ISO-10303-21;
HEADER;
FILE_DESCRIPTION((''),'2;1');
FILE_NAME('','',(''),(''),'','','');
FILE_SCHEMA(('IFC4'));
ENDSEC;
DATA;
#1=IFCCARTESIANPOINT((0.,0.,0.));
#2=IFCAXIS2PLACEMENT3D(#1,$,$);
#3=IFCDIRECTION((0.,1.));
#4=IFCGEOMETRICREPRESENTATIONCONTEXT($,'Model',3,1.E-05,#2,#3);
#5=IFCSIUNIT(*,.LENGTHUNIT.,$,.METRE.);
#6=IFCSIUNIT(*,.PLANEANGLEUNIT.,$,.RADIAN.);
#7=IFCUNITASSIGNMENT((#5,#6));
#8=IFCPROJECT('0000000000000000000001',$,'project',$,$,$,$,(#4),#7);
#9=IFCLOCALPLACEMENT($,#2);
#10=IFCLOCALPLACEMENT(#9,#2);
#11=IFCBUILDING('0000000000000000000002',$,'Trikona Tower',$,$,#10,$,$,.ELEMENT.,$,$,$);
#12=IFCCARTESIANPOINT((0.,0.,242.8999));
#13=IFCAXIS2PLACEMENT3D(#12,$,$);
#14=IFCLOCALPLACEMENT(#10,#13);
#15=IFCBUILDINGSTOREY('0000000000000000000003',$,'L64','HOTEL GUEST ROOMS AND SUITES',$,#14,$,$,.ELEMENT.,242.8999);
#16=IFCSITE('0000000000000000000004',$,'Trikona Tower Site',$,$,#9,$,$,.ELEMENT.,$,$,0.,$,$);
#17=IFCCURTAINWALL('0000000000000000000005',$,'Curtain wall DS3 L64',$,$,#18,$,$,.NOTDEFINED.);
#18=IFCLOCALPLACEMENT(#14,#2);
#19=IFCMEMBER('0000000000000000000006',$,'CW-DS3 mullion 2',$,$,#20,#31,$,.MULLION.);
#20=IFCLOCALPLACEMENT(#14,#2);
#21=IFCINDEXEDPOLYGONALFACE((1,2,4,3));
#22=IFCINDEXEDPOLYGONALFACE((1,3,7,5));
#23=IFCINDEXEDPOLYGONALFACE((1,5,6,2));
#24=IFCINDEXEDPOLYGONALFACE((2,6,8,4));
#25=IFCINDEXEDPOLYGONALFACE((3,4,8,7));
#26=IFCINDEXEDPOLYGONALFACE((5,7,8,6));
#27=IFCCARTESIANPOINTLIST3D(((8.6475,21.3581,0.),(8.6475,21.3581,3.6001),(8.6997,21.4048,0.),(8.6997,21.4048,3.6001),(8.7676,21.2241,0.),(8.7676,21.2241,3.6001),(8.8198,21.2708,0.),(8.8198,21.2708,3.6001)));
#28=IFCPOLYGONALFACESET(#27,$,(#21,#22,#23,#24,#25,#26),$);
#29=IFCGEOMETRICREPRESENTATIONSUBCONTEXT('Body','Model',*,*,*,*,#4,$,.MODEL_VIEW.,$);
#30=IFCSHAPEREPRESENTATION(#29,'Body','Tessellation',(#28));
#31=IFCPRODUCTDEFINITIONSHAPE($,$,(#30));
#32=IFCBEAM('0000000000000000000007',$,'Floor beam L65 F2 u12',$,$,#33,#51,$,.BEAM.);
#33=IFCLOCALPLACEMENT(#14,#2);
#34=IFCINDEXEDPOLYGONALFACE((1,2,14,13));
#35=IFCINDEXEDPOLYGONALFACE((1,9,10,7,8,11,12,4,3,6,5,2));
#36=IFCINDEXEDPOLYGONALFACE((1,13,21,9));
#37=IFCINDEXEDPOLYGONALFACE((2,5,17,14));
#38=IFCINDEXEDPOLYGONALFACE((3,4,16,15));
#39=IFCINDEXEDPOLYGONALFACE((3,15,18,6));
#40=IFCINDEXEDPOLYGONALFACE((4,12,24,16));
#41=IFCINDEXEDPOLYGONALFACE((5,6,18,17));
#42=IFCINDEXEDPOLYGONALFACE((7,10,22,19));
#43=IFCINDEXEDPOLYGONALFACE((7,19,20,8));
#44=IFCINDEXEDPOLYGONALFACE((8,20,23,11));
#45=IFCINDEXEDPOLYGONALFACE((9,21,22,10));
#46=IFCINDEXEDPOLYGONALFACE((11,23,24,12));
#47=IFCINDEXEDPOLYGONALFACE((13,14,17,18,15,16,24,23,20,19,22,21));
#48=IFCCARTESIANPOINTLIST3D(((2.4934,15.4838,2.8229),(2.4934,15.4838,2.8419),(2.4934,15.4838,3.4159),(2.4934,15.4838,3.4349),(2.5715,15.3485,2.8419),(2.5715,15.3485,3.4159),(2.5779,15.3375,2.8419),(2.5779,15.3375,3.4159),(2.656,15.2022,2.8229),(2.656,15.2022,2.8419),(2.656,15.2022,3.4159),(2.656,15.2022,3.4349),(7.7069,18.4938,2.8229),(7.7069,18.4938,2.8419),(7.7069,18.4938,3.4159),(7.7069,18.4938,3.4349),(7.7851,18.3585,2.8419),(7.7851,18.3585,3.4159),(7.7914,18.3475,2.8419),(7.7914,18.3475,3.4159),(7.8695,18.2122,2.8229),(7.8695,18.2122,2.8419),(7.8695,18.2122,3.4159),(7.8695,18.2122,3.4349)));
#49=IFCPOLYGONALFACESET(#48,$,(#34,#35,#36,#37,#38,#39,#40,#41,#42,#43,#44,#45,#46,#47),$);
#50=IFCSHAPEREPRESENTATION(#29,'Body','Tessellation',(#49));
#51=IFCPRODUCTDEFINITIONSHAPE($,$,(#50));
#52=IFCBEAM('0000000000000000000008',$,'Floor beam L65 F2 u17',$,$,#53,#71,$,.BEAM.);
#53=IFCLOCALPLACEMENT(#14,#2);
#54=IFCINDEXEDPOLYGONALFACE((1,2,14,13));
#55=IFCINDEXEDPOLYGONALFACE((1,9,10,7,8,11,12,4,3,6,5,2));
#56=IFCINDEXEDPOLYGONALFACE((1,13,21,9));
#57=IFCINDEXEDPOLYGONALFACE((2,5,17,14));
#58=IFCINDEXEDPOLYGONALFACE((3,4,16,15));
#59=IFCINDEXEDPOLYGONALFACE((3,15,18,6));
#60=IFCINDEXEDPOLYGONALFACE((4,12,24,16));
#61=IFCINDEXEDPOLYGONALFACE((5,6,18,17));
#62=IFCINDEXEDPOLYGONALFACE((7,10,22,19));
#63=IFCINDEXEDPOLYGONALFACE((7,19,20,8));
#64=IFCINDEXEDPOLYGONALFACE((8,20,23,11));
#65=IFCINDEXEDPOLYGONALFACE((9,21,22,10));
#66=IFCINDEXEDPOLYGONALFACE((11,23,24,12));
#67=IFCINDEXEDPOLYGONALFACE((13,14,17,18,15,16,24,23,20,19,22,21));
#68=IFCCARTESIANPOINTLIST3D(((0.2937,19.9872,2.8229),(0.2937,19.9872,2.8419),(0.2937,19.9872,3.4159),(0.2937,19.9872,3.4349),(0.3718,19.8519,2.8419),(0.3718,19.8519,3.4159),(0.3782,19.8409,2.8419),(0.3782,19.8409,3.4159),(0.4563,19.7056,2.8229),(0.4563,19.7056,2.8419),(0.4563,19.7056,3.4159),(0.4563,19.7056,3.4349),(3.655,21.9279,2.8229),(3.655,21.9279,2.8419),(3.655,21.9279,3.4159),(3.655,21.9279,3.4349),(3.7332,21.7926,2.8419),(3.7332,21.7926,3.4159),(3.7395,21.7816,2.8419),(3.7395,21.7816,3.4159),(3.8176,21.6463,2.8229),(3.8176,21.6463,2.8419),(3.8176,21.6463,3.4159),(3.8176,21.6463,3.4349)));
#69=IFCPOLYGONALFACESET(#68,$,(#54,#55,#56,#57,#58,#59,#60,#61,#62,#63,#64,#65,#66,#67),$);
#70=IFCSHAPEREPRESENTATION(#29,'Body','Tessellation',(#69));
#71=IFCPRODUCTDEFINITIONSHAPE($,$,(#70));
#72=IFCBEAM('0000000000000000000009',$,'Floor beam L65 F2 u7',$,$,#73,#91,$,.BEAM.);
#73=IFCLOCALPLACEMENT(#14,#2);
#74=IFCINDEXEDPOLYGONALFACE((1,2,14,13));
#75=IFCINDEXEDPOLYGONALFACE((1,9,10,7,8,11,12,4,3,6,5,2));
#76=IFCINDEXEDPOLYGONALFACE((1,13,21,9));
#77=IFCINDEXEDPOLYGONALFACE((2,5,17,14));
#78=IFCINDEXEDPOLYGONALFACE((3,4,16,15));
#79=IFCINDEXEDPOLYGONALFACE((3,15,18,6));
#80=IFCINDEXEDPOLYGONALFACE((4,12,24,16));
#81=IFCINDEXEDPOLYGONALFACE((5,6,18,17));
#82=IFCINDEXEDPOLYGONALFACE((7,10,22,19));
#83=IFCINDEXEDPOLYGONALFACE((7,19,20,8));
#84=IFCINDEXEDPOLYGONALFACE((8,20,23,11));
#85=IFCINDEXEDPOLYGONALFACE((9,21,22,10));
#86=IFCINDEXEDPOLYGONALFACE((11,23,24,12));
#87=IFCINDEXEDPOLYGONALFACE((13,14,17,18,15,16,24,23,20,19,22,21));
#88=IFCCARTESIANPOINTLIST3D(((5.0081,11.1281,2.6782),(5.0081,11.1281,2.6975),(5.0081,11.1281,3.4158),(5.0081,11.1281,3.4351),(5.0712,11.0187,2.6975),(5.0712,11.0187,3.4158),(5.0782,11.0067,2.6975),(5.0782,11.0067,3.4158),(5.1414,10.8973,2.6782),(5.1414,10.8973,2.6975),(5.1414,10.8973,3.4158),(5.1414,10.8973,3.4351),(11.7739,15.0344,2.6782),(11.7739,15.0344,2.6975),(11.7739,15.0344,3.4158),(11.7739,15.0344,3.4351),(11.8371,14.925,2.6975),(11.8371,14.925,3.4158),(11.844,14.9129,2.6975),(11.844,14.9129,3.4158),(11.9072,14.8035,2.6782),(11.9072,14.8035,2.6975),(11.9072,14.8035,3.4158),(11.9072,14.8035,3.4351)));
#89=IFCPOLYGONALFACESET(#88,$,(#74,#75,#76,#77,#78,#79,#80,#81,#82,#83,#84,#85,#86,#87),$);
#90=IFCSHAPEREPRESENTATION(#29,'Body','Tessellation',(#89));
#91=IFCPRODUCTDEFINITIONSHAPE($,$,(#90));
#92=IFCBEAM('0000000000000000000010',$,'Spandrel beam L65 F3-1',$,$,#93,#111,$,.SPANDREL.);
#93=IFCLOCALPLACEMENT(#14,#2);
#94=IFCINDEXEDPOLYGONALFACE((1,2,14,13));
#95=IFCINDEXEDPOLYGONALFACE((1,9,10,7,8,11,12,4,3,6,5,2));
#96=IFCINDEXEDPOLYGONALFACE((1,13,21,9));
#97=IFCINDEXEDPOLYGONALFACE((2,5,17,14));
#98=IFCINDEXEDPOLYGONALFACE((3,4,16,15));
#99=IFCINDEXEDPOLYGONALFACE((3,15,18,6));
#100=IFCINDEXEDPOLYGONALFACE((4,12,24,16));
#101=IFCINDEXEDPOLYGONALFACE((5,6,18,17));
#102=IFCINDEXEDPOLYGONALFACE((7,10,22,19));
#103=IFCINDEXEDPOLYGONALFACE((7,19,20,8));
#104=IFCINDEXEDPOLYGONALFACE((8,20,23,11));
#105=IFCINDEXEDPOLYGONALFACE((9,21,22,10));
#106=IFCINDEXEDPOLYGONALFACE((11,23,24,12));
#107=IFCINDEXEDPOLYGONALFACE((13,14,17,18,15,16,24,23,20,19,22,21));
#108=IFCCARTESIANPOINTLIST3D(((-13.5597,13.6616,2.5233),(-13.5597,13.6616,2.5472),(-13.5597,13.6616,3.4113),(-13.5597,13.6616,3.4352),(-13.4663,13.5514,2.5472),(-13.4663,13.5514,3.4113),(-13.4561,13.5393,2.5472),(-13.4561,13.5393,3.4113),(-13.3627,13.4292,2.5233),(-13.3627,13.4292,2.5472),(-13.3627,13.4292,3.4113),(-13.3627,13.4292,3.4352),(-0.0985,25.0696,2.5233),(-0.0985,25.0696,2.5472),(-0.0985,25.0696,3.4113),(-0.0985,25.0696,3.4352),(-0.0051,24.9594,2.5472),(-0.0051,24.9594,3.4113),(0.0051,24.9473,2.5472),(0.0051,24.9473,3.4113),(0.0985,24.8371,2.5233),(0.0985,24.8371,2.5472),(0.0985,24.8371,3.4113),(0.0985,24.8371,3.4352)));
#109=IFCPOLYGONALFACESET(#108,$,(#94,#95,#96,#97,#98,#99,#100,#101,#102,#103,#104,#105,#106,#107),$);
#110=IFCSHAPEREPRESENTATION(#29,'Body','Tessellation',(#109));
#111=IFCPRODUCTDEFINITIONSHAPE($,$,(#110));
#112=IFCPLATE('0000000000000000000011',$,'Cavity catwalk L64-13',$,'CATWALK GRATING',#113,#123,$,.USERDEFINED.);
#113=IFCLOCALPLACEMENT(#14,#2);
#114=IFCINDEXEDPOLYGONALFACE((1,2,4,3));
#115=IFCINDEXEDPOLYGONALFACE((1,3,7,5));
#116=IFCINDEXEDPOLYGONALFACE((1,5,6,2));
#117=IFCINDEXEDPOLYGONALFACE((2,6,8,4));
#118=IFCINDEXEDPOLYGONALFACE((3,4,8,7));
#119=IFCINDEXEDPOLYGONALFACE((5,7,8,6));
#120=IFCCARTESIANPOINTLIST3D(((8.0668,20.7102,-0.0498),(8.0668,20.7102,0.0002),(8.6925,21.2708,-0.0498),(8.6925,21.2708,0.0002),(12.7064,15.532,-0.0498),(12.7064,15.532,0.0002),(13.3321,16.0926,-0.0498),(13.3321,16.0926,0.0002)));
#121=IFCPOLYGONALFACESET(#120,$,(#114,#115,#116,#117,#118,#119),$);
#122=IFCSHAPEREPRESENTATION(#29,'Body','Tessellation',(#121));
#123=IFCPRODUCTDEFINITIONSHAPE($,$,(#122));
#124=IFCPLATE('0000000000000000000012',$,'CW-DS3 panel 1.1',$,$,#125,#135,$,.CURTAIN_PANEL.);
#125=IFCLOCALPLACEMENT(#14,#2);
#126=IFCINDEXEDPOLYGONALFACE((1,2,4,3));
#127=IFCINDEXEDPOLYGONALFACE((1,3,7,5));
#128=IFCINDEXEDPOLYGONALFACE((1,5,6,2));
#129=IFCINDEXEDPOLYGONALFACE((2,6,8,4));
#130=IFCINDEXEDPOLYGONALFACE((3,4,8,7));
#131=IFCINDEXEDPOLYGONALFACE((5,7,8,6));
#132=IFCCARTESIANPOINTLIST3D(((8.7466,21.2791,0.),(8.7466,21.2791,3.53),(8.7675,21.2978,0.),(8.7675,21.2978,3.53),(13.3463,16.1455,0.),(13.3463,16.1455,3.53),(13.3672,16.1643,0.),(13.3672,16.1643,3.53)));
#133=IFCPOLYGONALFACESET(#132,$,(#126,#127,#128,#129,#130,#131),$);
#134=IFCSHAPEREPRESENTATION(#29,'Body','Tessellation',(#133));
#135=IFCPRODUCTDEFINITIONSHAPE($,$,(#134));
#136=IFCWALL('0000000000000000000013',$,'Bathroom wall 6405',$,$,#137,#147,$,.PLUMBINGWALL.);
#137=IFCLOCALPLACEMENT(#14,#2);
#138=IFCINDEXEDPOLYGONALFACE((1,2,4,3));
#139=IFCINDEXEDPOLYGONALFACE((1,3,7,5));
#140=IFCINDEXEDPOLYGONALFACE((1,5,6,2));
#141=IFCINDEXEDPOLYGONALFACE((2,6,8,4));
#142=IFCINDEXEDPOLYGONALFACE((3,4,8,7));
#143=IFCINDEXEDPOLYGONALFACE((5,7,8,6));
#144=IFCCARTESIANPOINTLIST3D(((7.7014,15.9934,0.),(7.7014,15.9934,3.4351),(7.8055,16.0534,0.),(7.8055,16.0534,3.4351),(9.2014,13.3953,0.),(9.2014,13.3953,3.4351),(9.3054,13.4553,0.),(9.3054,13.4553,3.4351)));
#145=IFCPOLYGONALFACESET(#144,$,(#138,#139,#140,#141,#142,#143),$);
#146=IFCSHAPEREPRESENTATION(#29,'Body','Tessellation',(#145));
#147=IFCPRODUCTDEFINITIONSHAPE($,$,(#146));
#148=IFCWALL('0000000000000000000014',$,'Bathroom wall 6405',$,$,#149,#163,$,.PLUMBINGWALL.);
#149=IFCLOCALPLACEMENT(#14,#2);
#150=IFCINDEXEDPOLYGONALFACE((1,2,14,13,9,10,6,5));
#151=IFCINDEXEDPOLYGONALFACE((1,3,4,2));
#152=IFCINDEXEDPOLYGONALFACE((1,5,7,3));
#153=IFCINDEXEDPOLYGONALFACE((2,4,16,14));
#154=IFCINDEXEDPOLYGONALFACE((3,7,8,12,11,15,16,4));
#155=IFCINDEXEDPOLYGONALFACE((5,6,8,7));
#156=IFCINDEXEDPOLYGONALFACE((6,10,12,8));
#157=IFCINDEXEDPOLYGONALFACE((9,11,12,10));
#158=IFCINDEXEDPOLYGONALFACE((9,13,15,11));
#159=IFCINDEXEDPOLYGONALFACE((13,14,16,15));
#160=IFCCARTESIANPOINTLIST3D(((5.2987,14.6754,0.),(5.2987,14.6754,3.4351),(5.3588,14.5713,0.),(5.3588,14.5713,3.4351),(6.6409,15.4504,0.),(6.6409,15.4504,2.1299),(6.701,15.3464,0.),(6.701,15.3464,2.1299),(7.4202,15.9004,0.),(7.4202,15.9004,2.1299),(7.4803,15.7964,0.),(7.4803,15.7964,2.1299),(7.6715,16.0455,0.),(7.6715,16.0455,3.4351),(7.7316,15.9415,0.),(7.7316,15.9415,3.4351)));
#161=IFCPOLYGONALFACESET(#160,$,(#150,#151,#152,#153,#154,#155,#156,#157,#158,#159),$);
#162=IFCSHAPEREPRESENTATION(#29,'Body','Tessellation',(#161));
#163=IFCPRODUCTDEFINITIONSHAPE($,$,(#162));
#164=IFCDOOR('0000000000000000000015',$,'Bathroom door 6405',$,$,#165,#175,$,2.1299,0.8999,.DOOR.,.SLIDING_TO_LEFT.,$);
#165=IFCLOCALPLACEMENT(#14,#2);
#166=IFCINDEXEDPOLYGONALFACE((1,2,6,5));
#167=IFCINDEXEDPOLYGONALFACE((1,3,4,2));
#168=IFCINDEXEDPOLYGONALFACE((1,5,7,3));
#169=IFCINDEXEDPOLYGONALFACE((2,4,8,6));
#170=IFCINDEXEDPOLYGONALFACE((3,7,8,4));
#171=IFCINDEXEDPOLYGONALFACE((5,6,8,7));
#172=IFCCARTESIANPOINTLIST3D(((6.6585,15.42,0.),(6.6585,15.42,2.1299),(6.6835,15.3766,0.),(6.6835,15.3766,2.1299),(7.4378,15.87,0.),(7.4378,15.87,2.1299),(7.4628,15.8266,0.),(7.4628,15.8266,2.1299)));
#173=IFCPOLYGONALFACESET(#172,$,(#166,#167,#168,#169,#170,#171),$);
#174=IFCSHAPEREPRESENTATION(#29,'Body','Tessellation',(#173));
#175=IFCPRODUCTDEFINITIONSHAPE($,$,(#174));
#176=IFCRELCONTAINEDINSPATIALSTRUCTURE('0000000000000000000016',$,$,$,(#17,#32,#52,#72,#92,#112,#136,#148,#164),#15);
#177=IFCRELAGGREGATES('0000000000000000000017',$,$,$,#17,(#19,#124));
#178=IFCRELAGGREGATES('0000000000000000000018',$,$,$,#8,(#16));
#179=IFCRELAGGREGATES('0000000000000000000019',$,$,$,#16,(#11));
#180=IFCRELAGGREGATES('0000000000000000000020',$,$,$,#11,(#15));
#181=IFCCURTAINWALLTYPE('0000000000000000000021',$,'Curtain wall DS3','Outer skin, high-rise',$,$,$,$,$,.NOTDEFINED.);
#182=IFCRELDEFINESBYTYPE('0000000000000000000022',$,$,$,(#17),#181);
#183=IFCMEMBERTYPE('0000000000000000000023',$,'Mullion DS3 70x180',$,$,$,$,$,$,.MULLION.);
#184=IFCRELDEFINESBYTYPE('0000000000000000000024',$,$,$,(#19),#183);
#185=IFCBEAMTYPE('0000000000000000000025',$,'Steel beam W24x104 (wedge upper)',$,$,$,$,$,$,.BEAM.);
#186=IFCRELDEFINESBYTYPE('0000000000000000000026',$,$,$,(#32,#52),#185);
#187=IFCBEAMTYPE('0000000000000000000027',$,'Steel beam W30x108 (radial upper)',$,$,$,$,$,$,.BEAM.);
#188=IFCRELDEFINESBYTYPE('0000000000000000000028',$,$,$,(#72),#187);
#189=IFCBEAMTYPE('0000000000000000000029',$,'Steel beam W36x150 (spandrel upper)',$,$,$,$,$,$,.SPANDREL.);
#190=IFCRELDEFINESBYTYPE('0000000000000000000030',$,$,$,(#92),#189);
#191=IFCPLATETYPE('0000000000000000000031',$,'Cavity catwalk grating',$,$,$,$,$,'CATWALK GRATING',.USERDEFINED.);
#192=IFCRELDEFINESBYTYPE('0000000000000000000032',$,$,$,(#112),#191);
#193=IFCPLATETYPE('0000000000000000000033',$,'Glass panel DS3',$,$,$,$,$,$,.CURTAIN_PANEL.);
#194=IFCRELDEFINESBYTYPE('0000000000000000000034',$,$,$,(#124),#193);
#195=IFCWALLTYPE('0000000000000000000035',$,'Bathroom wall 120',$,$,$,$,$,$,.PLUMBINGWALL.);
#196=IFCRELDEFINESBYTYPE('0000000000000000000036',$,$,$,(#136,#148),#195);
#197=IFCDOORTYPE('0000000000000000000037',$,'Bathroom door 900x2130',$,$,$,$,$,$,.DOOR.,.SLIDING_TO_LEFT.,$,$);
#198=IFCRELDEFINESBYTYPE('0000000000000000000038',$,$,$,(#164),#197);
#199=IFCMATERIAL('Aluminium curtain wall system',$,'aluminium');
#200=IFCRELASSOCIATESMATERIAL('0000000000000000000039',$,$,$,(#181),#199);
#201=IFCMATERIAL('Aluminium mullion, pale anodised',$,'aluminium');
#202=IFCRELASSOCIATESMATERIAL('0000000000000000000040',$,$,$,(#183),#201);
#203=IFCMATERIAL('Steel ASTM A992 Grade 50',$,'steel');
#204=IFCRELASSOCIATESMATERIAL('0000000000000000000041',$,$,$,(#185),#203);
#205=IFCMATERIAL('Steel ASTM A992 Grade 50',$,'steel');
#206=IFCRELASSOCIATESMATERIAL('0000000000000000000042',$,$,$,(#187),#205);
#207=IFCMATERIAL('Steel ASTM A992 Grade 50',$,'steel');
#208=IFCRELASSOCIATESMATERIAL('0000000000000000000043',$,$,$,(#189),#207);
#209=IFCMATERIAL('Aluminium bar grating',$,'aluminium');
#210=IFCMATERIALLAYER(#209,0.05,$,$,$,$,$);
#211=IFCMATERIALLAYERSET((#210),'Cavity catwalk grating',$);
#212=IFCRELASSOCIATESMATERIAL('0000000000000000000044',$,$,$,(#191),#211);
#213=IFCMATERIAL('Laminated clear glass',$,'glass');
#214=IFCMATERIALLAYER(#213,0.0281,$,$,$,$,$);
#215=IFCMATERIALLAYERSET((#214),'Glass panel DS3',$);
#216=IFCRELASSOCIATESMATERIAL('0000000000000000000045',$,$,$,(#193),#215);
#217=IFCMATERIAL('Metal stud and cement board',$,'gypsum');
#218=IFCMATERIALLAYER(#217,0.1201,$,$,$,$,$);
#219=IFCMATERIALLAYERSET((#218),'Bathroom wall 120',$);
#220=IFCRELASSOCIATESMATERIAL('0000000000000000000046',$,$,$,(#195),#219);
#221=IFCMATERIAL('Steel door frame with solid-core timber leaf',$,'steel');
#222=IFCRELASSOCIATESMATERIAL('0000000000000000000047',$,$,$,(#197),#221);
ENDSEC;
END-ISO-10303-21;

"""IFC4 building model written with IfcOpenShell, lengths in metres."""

from ifc_helpers import new_model, si_unit, direction, frame, frame_2d, origin, origin_2d, place, context, subcontext, project, spatial, rectangle, i_section, extrude, material, layer, layer_set, material_profile, profile_set, type_object, element, fill, aggregate, save


model = new_model("IFC4")

# Units and contexts
model_context = context("Model", 3, precision=1e-05, world=origin(), true_north=direction((0.0, 1.0)))
body_context = subcontext(model_context, "Body", "Model", "MODEL_VIEW")
ifc_project = project(units=[si_unit("LENGTHUNIT", "METRE"), si_unit("PLANEANGLEUNIT", "RADIAN")], contexts=[model_context])

# Site, building, storey
site_placement = place(None, origin())
site = spatial("IfcSite", under=ifc_project, at=site_placement, Name="Trikona Tower Site", CompositionType="ELEMENT", RefElevation=0.0)
building_placement = place(site_placement, origin())
building = spatial("IfcBuilding", under=site, at=building_placement, Name="Trikona Tower", CompositionType="ELEMENT")
storey_placement = place(building_placement, frame((0.0, 0.0, 242.8999)))
storey = spatial("IfcBuildingStorey", under=building, at=storey_placement, Name="L64", Description="HOTEL GUEST ROOMS AND SUITES", CompositionType="ELEMENT", Elevation=242.8999)

# Curtain wall, member
ifc_material_1 = material(Name="Aluminium curtain wall system", Category="aluminium")
curtain_wall_type = type_object("IfcCurtainWallType", Name="Curtain wall DS3", Description="Outer skin, high-rise", PredefinedType="NOTDEFINED", material=ifc_material_1)
curtain_wall_placement = place(storey_placement, origin())
curtain_wall = element("IfcCurtainWall", 1, at=curtain_wall_placement, inside=storey, type_object=curtain_wall_type, Name="Curtain wall DS3 L64", PredefinedType="NOTDEFINED")
ifc_material_2 = material(Name="Aluminium mullion, pale anodised", Category="aluminium")
ifc_material_profile_1 = material_profile(ifc_material_2, rectangle(XDim=0.0701, YDim=0.1799, at=origin_2d()), Name="MUL-DS3")
ifc_profile_set_1 = profile_set([ifc_material_profile_1], Name="Aluminium mullion, pale anodised")
member_type = type_object("IfcMemberType", Name="Mullion DS3 70x180", PredefinedType="MULLION", material=ifc_profile_set_1)
member_placement = place(storey_placement, frame((8.7336, 21.3145, 0.0), z_axis=(0.0, 0.0, 1.0), x_axis=(-0.744771, -0.66732, 0.0)))
member = element("IfcMember", 2, at=member_placement, type_object=member_type, Name="CW-DS3 mullion 2", PredefinedType="MULLION", context=body_context, shape_type="SweptSolid", body=[
    extrude(rectangle(XDim=0.0701, YDim=0.1799, at=origin_2d()), origin(), (0.0, 0.0, 1.0), 3.6001),
])

# Beams
ifc_material_3 = material(Name="Steel ASTM A992 Grade 50", Category="steel")
ifc_material_profile_2 = material_profile(ifc_material_3, i_section(OverallWidth=0.3252, OverallDepth=0.6121, WebThickness=0.0127, FlangeThickness=0.019, at=origin_2d()), Name="W24X104")
ifc_profile_set_2 = profile_set([ifc_material_profile_2], Name="Steel ASTM A992 Grade 50")
beam_type_1 = type_object("IfcBeamType", Name="Steel beam W24x104 (wedge upper)", PredefinedType="BEAM", material=ifc_profile_set_2)
beam_1_placement = place(storey_placement, frame((2.5747, 15.343, 3.1289), z_axis=(0.866031, 0.49999, 0.0), x_axis=(-0.49999, 0.866031, 0.0)))
element("IfcBeam", 3, at=beam_1_placement, inside=storey, type_object=beam_type_1, Name="Floor beam L65 F2 u12", PredefinedType="BEAM", context=body_context, shape_type="SweptSolid", body=[
    extrude(i_section(OverallWidth=0.3252, OverallDepth=0.6121, WebThickness=0.0127, FlangeThickness=0.019, at=origin_2d()), origin(), (0.0, 0.0, 1.0), 6.02),
])
beam_2_placement = place(storey_placement, frame((0.375, 19.8464, 3.1289), z_axis=(0.866024, 0.500002, 0.0), x_axis=(-0.500002, 0.866024, 0.0)))
element("IfcBeam", 4, at=beam_2_placement, inside=storey, type_object=beam_type_1, Name="Floor beam L65 F2 u17", PredefinedType="BEAM", context=body_context, shape_type="SweptSolid", body=[
    extrude(i_section(OverallWidth=0.3252, OverallDepth=0.6121, WebThickness=0.0127, FlangeThickness=0.019, at=origin_2d()), origin(), (0.0, 0.0, 1.0), 3.8813),
])
ifc_material_4 = material(Name="Steel ASTM A992 Grade 50", Category="steel")
ifc_material_profile_3 = material_profile(ifc_material_4, i_section(OverallWidth=0.2666, OverallDepth=0.7568, WebThickness=0.0139, FlangeThickness=0.0193, at=origin_2d()), Name="W30X108")
ifc_profile_set_3 = profile_set([ifc_material_profile_3], Name="Steel ASTM A992 Grade 50")
beam_type_2 = type_object("IfcBeamType", Name="Steel beam W30x108 (radial upper)", PredefinedType="BEAM", material=ifc_profile_set_3)
beam_3_placement = place(storey_placement, frame((5.0747, 11.0127, 3.0566), z_axis=(0.866027, 0.499997, 0.0), x_axis=(-0.499997, 0.866027, 0.0)))
element("IfcBeam", 5, at=beam_3_placement, inside=storey, type_object=beam_type_2, Name="Floor beam L65 F2 u7", PredefinedType="BEAM", context=body_context, shape_type="SweptSolid", body=[
    extrude(i_section(OverallWidth=0.2666, OverallDepth=0.7568, WebThickness=0.0139, FlangeThickness=0.0193, at=origin_2d()), origin(), (0.0, 0.0, 1.0), 7.8125),
])
ifc_material_5 = material(Name="Steel ASTM A992 Grade 50", Category="steel")
ifc_material_profile_4 = material_profile(ifc_material_5, i_section(OverallWidth=0.3047, OverallDepth=0.9119, WebThickness=0.0159, FlangeThickness=0.0239, at=origin_2d()), Name="W36X150")
ifc_profile_set_4 = profile_set([ifc_material_profile_4], Name="Steel ASTM A992 Grade 50")
beam_type_3 = type_object("IfcBeamType", Name="Steel beam W36x150 (spandrel upper)", PredefinedType="SPANDREL", material=ifc_profile_set_4)
beam_4_placement = place(storey_placement, frame((0.0, 24.9534, 2.9792), z_axis=(-0.762891, -0.646528, 0.0), x_axis=(0.646528, -0.762891, 0.0)))
element("IfcBeam", 6, at=beam_4_placement, inside=storey, type_object=beam_type_3, Name="Spandrel beam L65 F3-1", PredefinedType="SPANDREL", context=body_context, shape_type="SweptSolid", body=[
    extrude(i_section(OverallWidth=0.3047, OverallDepth=0.9119, WebThickness=0.0159, FlangeThickness=0.0239, at=origin_2d()), origin(), (0.0, 0.0, 1.0), 17.645),
])

# Plates
ifc_material_6 = material(Name="Aluminium bar grating", Category="aluminium")
ifc_layer_1 = layer(ifc_material_6, 0.05)
ifc_layer_set_1 = layer_set([ifc_layer_1], Name="Cavity catwalk grating")
plate_type_1 = type_object("IfcPlateType", Name="Cavity catwalk grating", ElementType="CATWALK GRATING", PredefinedType="USERDEFINED", material=ifc_layer_set_1)
plate_1_placement = place(storey_placement, frame((10.6995, 18.4014, -0.0498), z_axis=(0.0, 0.0, 1.0), x_axis=(-0.667311, 0.744779, 0.0)))
element("IfcPlate", 7, at=plate_1_placement, inside=storey, type_object=plate_type_1, Name="Cavity catwalk L64-13", ObjectType="CATWALK GRATING", PredefinedType="USERDEFINED", context=body_context, shape_type="SweptSolid", body=[
    extrude(rectangle(XDim=6.9526, YDim=0.8401, at=origin_2d()), origin(), (0.0, 0.0, 1.0), 0.05),
])
ifc_material_7 = material(Name="Laminated clear glass", Category="glass")
ifc_layer_2 = layer(ifc_material_7, 0.0281)
ifc_layer_set_2 = layer_set([ifc_layer_2], Name="Glass panel DS3")
plate_type_2 = type_object("IfcPlateType", Name="Glass panel DS3", PredefinedType="CURTAIN_PANEL", material=ifc_layer_set_2)
plate_2_placement = place(storey_placement, frame((11.0569, 18.7217, 0.0), z_axis=(0.0, 0.0, 1.0), x_axis=(-0.66732, 0.744771, 0.0)))
plate_2 = element("IfcPlate", 8, at=plate_2_placement, type_object=plate_type_2, Name="CW-DS3 panel 1.1", PredefinedType="CURTAIN_PANEL", context=body_context, shape_type="SweptSolid", body=[
    extrude(rectangle(XDim=6.8928, YDim=0.0281, at=origin_2d()), origin(), (0.0, 0.0, 1.0), 3.53),
])
aggregate(curtain_wall, [member, plate_2])

# Wall
ifc_material_8 = material(Name="Metal stud and cement board", Category="gypsum")
ifc_layer_3 = layer(ifc_material_8, 0.1201)
ifc_layer_set_3 = layer_set([ifc_layer_3], Name="Bathroom wall 120")
wall_type_1 = type_object("IfcWallType", Name="Bathroom wall 120", PredefinedType="PLUMBINGWALL", material=ifc_layer_set_3)
wall_1_placement = place(storey_placement, frame((9.2534, 13.4253, 0.0), z_axis=(0.0, 0.0, 1.0), x_axis=(-0.49999, 0.866031, 0.0)))
element("IfcWall", 9, at=wall_1_placement, inside=storey, type_object=wall_type_1, Name="Bathroom wall 6405", PredefinedType="PLUMBINGWALL", context=body_context, shape_type="SweptSolid", body=[
    extrude(rectangle(XDim=3.0, YDim=0.1201, at=frame_2d((1.5, 0.0))), origin(), (0.0, 0.0, 1.0), 3.4351),
])

# Wall, opening, door
wall_2_placement = place(storey_placement, frame((5.3286, 14.6233, 0.0), z_axis=(0.0, 0.0, 1.0), x_axis=(0.865997, 0.500049, 0.0)))
wall_2 = element("IfcWall", 10, at=wall_2_placement, inside=storey, type_object=wall_type_1, Name="Bathroom wall 6405", PredefinedType="PLUMBINGWALL", context=body_context, shape_type="SweptSolid", body=[
    extrude(rectangle(XDim=2.74, YDim=0.1201, at=frame_2d((1.3701, 0.0))), origin(), (0.0, 0.0, 1.0), 3.4351),
])
opening_1_placement = place(wall_2_placement, frame((1.55, 0.0, 0.0)))
opening_1 = element("IfcOpeningElement", 11, at=opening_1_placement, cuts=wall_2, PredefinedType="OPENING", context=body_context, shape_type="SweptSolid", body=[
    extrude(rectangle(XDim=0.8999, YDim=2.1299, at=frame_2d((0.45, 1.0649))), frame((0.0, 0.0701, 0.0), z_axis=(0.0, -1.0, 0.0), x_axis=(1.0, 0.0, 0.0)), (0.0, 0.0, 1.0), 0.1401),
])
ifc_material_9 = material(Name="Steel door frame with solid-core timber leaf", Category="steel")
door_type_1 = type_object("IfcDoorType", Name="Bathroom door 900x2130", OperationType="SLIDING_TO_LEFT", PredefinedType="DOOR", material=ifc_material_9)
door_1_placement = place(opening_1_placement, origin())
door_1 = element("IfcDoor", 12, at=door_1_placement, inside=storey, type_object=door_type_1, Name="Bathroom door 6405", OperationType="SLIDING_TO_LEFT", OverallHeight=2.1299, OverallWidth=0.8999, PredefinedType="DOOR", context=body_context, shape_type="SweptSolid", body=[
    extrude(rectangle(XDim=0.8999, YDim=2.1299, at=frame_2d((0.45, 1.0649))), frame((0.0, 0.0249, 0.0), z_axis=(0.0, -1.0, 0.0), x_axis=(1.0, 0.0, 0.0)), (0.0, 0.0, 1.0), 0.05),
])
fill(opening_1, door_1)

save(model, "model.ifc")
